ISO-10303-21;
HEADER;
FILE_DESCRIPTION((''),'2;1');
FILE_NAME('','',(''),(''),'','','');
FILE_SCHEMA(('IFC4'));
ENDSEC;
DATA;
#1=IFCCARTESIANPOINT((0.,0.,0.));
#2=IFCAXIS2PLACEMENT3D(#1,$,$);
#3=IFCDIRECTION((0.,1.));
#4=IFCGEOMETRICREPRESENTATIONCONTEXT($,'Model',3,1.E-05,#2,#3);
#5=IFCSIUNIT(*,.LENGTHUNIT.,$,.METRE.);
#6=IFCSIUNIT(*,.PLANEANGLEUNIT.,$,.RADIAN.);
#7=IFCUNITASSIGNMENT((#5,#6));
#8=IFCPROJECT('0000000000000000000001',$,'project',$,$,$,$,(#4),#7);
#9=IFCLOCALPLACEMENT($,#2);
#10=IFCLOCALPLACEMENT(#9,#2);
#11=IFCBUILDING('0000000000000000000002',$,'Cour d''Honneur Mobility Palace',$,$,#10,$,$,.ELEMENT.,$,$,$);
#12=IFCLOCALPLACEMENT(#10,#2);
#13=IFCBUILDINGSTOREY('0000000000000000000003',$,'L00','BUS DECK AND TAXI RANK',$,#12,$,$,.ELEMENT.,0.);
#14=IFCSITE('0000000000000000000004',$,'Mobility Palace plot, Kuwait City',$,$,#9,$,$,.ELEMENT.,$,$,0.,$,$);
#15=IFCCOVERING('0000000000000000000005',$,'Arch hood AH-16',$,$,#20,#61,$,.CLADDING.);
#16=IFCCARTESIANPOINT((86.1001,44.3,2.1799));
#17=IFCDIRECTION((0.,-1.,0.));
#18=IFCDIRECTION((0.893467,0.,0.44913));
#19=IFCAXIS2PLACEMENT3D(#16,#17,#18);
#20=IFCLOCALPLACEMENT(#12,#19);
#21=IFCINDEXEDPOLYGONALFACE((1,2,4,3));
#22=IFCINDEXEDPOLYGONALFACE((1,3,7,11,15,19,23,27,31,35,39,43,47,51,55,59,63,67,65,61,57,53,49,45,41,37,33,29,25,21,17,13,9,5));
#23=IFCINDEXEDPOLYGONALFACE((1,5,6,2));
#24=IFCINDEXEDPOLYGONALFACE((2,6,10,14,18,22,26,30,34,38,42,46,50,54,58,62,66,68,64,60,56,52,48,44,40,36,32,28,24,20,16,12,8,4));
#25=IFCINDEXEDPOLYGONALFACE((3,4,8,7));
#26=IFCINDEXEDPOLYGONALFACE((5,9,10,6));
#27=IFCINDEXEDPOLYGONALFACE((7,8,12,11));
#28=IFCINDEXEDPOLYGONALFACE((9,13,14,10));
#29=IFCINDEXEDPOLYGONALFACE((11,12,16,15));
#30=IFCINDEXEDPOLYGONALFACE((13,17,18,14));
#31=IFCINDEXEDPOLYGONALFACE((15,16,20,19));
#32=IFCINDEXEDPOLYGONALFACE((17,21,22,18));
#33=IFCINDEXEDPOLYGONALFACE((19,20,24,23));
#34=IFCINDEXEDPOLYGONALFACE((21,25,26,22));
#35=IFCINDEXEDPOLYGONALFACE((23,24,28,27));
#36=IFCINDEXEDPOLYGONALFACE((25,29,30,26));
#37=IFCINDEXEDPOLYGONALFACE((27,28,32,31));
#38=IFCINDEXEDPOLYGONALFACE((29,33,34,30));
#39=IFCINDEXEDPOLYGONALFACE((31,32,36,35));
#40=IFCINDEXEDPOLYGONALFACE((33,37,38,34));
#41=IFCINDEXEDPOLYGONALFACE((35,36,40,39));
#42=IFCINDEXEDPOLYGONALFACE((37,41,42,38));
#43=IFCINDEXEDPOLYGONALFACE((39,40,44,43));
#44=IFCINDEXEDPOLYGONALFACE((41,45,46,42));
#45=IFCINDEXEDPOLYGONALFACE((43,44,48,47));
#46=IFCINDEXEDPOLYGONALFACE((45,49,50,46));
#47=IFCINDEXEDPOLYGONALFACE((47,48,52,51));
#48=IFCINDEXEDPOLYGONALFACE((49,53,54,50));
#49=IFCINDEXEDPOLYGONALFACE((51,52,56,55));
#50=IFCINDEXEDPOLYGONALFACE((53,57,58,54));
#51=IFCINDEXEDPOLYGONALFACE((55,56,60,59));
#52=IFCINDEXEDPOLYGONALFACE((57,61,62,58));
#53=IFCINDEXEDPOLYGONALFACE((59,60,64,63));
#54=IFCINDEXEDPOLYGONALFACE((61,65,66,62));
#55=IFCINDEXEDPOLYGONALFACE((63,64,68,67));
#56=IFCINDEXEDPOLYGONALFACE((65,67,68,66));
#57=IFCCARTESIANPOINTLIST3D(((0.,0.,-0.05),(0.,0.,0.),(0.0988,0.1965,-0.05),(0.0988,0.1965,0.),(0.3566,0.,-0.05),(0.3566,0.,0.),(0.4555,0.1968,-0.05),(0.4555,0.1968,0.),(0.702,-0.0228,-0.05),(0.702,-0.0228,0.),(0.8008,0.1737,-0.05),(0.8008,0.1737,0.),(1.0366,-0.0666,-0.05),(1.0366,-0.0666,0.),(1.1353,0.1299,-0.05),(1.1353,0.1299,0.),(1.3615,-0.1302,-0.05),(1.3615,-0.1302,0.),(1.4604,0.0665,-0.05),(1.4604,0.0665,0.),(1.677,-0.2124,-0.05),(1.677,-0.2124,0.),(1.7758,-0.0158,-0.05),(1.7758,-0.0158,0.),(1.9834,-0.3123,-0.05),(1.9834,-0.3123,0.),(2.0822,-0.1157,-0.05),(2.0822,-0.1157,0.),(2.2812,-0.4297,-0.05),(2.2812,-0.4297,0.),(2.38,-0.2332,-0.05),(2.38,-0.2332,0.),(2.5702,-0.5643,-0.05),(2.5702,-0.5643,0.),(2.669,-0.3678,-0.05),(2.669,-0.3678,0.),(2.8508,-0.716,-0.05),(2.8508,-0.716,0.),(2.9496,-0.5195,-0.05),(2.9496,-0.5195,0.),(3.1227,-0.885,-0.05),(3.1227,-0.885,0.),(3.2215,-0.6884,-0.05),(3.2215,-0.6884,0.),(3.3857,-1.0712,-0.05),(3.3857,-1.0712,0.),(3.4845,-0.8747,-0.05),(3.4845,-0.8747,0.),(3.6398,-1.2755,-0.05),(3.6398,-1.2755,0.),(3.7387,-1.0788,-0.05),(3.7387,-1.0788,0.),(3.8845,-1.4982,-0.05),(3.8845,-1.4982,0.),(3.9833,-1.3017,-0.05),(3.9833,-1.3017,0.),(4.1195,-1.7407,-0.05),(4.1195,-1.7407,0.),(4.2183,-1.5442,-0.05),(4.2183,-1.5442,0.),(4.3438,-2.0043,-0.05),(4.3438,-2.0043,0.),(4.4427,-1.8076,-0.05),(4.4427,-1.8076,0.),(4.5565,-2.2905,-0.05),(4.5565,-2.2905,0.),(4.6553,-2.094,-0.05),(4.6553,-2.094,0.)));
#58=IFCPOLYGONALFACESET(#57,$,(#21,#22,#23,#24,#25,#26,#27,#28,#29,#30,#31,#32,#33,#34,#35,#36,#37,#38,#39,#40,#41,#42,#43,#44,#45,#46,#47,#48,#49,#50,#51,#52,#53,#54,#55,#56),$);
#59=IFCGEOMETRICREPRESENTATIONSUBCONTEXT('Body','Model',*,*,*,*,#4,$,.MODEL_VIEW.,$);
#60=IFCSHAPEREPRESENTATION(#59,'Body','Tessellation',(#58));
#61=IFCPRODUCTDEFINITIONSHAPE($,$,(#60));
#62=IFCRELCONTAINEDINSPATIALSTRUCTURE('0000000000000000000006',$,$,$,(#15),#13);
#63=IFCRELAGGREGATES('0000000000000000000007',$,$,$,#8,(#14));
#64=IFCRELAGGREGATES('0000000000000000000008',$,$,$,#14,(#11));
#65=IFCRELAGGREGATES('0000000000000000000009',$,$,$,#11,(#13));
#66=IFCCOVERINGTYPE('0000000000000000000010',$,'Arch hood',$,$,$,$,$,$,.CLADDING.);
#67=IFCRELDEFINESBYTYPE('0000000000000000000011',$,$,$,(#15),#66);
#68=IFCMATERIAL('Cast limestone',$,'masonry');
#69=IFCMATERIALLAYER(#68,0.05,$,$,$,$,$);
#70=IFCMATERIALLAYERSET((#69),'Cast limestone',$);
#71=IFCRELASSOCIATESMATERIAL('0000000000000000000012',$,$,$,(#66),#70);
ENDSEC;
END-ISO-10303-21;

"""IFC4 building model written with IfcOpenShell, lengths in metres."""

from ifc_helpers import new_model, si_unit, direction, frame, origin, place, context, subcontext, project, spatial, polyline, outline, extrude, material, layer, layer_set, type_object, element, save


model = new_model("IFC4")

# Units and contexts
model_context = context("Model", 3, precision=1e-05, world=origin(), true_north=direction((0.0, 1.0)))
body_context = subcontext(model_context, "Body", "Model", "MODEL_VIEW")
ifc_project = project(units=[si_unit("LENGTHUNIT", "METRE"), si_unit("PLANEANGLEUNIT", "RADIAN")], contexts=[model_context])

# Site, building, storey
site_placement = place(None, origin())
site = spatial("IfcSite", under=ifc_project, at=site_placement, Name="Mobility Palace plot, Kuwait City", CompositionType="ELEMENT", RefElevation=0.0)
building_placement = place(site_placement, origin())
building = spatial("IfcBuilding", under=site, at=building_placement, Name="Cour d'Honneur Mobility Palace", CompositionType="ELEMENT")
storey_placement = place(building_placement, origin())
storey = spatial("IfcBuildingStorey", under=building, at=storey_placement, Name="L00", Description="BUS DECK AND TAXI RANK", CompositionType="ELEMENT", Elevation=0.0)

# Covering
ifc_material_1 = material(Name="Cast limestone", Category="masonry")
ifc_layer_1 = layer(ifc_material_1, 0.05)
ifc_layer_set_1 = layer_set([ifc_layer_1], Name="Cast limestone")
covering_type_1 = type_object("IfcCoveringType", Name="Arch hood", PredefinedType="CLADDING", material=ifc_layer_set_1)
covering_1_placement = place(storey_placement, frame((86.1001, 44.3, 2.1799), z_axis=(0.0, -1.0, 0.0), x_axis=(0.893467, 0.0, 0.44913)))
element("IfcCovering", 1, at=covering_1_placement, inside=storey, type_object=covering_type_1, Name="Arch hood AH-16", PredefinedType="CLADDING", context=body_context, shape_type="SweptSolid", body=[
    extrude(outline(polyline([(0.0, 0.0), (0.3566, 0.0), (0.702, -0.0228), (1.0366, -0.0666), (1.3615, -0.1302), (1.677, -0.2124), (1.9834, -0.3123), (2.2812, -0.4297), (2.5702, -0.5643), (2.8508, -0.716), (3.1227, -0.885), (3.3857, -1.0712), (3.6398, -1.2755), (3.8845, -1.4982), (4.1195, -1.7407), (4.3438, -2.0043), (4.5565, -2.2905), (4.6553, -2.094), (4.4427, -1.8076), (4.2183, -1.5442), (3.9833, -1.3017), (3.7387, -1.0788), (3.4845, -0.8747), (3.2215, -0.6884), (2.9496, -0.5195), (2.669, -0.3678), (2.38, -0.2332), (2.0822, -0.1157), (1.7758, -0.0158), (1.4604, 0.0665), (1.1353, 0.1299), (0.8008, 0.1737), (0.4555, 0.1968), (0.0988, 0.1965), (0.0, 0.0)])), origin(), (0.0, 0.0, -1.0), 0.05),
])

save(model, "model.ifc")
